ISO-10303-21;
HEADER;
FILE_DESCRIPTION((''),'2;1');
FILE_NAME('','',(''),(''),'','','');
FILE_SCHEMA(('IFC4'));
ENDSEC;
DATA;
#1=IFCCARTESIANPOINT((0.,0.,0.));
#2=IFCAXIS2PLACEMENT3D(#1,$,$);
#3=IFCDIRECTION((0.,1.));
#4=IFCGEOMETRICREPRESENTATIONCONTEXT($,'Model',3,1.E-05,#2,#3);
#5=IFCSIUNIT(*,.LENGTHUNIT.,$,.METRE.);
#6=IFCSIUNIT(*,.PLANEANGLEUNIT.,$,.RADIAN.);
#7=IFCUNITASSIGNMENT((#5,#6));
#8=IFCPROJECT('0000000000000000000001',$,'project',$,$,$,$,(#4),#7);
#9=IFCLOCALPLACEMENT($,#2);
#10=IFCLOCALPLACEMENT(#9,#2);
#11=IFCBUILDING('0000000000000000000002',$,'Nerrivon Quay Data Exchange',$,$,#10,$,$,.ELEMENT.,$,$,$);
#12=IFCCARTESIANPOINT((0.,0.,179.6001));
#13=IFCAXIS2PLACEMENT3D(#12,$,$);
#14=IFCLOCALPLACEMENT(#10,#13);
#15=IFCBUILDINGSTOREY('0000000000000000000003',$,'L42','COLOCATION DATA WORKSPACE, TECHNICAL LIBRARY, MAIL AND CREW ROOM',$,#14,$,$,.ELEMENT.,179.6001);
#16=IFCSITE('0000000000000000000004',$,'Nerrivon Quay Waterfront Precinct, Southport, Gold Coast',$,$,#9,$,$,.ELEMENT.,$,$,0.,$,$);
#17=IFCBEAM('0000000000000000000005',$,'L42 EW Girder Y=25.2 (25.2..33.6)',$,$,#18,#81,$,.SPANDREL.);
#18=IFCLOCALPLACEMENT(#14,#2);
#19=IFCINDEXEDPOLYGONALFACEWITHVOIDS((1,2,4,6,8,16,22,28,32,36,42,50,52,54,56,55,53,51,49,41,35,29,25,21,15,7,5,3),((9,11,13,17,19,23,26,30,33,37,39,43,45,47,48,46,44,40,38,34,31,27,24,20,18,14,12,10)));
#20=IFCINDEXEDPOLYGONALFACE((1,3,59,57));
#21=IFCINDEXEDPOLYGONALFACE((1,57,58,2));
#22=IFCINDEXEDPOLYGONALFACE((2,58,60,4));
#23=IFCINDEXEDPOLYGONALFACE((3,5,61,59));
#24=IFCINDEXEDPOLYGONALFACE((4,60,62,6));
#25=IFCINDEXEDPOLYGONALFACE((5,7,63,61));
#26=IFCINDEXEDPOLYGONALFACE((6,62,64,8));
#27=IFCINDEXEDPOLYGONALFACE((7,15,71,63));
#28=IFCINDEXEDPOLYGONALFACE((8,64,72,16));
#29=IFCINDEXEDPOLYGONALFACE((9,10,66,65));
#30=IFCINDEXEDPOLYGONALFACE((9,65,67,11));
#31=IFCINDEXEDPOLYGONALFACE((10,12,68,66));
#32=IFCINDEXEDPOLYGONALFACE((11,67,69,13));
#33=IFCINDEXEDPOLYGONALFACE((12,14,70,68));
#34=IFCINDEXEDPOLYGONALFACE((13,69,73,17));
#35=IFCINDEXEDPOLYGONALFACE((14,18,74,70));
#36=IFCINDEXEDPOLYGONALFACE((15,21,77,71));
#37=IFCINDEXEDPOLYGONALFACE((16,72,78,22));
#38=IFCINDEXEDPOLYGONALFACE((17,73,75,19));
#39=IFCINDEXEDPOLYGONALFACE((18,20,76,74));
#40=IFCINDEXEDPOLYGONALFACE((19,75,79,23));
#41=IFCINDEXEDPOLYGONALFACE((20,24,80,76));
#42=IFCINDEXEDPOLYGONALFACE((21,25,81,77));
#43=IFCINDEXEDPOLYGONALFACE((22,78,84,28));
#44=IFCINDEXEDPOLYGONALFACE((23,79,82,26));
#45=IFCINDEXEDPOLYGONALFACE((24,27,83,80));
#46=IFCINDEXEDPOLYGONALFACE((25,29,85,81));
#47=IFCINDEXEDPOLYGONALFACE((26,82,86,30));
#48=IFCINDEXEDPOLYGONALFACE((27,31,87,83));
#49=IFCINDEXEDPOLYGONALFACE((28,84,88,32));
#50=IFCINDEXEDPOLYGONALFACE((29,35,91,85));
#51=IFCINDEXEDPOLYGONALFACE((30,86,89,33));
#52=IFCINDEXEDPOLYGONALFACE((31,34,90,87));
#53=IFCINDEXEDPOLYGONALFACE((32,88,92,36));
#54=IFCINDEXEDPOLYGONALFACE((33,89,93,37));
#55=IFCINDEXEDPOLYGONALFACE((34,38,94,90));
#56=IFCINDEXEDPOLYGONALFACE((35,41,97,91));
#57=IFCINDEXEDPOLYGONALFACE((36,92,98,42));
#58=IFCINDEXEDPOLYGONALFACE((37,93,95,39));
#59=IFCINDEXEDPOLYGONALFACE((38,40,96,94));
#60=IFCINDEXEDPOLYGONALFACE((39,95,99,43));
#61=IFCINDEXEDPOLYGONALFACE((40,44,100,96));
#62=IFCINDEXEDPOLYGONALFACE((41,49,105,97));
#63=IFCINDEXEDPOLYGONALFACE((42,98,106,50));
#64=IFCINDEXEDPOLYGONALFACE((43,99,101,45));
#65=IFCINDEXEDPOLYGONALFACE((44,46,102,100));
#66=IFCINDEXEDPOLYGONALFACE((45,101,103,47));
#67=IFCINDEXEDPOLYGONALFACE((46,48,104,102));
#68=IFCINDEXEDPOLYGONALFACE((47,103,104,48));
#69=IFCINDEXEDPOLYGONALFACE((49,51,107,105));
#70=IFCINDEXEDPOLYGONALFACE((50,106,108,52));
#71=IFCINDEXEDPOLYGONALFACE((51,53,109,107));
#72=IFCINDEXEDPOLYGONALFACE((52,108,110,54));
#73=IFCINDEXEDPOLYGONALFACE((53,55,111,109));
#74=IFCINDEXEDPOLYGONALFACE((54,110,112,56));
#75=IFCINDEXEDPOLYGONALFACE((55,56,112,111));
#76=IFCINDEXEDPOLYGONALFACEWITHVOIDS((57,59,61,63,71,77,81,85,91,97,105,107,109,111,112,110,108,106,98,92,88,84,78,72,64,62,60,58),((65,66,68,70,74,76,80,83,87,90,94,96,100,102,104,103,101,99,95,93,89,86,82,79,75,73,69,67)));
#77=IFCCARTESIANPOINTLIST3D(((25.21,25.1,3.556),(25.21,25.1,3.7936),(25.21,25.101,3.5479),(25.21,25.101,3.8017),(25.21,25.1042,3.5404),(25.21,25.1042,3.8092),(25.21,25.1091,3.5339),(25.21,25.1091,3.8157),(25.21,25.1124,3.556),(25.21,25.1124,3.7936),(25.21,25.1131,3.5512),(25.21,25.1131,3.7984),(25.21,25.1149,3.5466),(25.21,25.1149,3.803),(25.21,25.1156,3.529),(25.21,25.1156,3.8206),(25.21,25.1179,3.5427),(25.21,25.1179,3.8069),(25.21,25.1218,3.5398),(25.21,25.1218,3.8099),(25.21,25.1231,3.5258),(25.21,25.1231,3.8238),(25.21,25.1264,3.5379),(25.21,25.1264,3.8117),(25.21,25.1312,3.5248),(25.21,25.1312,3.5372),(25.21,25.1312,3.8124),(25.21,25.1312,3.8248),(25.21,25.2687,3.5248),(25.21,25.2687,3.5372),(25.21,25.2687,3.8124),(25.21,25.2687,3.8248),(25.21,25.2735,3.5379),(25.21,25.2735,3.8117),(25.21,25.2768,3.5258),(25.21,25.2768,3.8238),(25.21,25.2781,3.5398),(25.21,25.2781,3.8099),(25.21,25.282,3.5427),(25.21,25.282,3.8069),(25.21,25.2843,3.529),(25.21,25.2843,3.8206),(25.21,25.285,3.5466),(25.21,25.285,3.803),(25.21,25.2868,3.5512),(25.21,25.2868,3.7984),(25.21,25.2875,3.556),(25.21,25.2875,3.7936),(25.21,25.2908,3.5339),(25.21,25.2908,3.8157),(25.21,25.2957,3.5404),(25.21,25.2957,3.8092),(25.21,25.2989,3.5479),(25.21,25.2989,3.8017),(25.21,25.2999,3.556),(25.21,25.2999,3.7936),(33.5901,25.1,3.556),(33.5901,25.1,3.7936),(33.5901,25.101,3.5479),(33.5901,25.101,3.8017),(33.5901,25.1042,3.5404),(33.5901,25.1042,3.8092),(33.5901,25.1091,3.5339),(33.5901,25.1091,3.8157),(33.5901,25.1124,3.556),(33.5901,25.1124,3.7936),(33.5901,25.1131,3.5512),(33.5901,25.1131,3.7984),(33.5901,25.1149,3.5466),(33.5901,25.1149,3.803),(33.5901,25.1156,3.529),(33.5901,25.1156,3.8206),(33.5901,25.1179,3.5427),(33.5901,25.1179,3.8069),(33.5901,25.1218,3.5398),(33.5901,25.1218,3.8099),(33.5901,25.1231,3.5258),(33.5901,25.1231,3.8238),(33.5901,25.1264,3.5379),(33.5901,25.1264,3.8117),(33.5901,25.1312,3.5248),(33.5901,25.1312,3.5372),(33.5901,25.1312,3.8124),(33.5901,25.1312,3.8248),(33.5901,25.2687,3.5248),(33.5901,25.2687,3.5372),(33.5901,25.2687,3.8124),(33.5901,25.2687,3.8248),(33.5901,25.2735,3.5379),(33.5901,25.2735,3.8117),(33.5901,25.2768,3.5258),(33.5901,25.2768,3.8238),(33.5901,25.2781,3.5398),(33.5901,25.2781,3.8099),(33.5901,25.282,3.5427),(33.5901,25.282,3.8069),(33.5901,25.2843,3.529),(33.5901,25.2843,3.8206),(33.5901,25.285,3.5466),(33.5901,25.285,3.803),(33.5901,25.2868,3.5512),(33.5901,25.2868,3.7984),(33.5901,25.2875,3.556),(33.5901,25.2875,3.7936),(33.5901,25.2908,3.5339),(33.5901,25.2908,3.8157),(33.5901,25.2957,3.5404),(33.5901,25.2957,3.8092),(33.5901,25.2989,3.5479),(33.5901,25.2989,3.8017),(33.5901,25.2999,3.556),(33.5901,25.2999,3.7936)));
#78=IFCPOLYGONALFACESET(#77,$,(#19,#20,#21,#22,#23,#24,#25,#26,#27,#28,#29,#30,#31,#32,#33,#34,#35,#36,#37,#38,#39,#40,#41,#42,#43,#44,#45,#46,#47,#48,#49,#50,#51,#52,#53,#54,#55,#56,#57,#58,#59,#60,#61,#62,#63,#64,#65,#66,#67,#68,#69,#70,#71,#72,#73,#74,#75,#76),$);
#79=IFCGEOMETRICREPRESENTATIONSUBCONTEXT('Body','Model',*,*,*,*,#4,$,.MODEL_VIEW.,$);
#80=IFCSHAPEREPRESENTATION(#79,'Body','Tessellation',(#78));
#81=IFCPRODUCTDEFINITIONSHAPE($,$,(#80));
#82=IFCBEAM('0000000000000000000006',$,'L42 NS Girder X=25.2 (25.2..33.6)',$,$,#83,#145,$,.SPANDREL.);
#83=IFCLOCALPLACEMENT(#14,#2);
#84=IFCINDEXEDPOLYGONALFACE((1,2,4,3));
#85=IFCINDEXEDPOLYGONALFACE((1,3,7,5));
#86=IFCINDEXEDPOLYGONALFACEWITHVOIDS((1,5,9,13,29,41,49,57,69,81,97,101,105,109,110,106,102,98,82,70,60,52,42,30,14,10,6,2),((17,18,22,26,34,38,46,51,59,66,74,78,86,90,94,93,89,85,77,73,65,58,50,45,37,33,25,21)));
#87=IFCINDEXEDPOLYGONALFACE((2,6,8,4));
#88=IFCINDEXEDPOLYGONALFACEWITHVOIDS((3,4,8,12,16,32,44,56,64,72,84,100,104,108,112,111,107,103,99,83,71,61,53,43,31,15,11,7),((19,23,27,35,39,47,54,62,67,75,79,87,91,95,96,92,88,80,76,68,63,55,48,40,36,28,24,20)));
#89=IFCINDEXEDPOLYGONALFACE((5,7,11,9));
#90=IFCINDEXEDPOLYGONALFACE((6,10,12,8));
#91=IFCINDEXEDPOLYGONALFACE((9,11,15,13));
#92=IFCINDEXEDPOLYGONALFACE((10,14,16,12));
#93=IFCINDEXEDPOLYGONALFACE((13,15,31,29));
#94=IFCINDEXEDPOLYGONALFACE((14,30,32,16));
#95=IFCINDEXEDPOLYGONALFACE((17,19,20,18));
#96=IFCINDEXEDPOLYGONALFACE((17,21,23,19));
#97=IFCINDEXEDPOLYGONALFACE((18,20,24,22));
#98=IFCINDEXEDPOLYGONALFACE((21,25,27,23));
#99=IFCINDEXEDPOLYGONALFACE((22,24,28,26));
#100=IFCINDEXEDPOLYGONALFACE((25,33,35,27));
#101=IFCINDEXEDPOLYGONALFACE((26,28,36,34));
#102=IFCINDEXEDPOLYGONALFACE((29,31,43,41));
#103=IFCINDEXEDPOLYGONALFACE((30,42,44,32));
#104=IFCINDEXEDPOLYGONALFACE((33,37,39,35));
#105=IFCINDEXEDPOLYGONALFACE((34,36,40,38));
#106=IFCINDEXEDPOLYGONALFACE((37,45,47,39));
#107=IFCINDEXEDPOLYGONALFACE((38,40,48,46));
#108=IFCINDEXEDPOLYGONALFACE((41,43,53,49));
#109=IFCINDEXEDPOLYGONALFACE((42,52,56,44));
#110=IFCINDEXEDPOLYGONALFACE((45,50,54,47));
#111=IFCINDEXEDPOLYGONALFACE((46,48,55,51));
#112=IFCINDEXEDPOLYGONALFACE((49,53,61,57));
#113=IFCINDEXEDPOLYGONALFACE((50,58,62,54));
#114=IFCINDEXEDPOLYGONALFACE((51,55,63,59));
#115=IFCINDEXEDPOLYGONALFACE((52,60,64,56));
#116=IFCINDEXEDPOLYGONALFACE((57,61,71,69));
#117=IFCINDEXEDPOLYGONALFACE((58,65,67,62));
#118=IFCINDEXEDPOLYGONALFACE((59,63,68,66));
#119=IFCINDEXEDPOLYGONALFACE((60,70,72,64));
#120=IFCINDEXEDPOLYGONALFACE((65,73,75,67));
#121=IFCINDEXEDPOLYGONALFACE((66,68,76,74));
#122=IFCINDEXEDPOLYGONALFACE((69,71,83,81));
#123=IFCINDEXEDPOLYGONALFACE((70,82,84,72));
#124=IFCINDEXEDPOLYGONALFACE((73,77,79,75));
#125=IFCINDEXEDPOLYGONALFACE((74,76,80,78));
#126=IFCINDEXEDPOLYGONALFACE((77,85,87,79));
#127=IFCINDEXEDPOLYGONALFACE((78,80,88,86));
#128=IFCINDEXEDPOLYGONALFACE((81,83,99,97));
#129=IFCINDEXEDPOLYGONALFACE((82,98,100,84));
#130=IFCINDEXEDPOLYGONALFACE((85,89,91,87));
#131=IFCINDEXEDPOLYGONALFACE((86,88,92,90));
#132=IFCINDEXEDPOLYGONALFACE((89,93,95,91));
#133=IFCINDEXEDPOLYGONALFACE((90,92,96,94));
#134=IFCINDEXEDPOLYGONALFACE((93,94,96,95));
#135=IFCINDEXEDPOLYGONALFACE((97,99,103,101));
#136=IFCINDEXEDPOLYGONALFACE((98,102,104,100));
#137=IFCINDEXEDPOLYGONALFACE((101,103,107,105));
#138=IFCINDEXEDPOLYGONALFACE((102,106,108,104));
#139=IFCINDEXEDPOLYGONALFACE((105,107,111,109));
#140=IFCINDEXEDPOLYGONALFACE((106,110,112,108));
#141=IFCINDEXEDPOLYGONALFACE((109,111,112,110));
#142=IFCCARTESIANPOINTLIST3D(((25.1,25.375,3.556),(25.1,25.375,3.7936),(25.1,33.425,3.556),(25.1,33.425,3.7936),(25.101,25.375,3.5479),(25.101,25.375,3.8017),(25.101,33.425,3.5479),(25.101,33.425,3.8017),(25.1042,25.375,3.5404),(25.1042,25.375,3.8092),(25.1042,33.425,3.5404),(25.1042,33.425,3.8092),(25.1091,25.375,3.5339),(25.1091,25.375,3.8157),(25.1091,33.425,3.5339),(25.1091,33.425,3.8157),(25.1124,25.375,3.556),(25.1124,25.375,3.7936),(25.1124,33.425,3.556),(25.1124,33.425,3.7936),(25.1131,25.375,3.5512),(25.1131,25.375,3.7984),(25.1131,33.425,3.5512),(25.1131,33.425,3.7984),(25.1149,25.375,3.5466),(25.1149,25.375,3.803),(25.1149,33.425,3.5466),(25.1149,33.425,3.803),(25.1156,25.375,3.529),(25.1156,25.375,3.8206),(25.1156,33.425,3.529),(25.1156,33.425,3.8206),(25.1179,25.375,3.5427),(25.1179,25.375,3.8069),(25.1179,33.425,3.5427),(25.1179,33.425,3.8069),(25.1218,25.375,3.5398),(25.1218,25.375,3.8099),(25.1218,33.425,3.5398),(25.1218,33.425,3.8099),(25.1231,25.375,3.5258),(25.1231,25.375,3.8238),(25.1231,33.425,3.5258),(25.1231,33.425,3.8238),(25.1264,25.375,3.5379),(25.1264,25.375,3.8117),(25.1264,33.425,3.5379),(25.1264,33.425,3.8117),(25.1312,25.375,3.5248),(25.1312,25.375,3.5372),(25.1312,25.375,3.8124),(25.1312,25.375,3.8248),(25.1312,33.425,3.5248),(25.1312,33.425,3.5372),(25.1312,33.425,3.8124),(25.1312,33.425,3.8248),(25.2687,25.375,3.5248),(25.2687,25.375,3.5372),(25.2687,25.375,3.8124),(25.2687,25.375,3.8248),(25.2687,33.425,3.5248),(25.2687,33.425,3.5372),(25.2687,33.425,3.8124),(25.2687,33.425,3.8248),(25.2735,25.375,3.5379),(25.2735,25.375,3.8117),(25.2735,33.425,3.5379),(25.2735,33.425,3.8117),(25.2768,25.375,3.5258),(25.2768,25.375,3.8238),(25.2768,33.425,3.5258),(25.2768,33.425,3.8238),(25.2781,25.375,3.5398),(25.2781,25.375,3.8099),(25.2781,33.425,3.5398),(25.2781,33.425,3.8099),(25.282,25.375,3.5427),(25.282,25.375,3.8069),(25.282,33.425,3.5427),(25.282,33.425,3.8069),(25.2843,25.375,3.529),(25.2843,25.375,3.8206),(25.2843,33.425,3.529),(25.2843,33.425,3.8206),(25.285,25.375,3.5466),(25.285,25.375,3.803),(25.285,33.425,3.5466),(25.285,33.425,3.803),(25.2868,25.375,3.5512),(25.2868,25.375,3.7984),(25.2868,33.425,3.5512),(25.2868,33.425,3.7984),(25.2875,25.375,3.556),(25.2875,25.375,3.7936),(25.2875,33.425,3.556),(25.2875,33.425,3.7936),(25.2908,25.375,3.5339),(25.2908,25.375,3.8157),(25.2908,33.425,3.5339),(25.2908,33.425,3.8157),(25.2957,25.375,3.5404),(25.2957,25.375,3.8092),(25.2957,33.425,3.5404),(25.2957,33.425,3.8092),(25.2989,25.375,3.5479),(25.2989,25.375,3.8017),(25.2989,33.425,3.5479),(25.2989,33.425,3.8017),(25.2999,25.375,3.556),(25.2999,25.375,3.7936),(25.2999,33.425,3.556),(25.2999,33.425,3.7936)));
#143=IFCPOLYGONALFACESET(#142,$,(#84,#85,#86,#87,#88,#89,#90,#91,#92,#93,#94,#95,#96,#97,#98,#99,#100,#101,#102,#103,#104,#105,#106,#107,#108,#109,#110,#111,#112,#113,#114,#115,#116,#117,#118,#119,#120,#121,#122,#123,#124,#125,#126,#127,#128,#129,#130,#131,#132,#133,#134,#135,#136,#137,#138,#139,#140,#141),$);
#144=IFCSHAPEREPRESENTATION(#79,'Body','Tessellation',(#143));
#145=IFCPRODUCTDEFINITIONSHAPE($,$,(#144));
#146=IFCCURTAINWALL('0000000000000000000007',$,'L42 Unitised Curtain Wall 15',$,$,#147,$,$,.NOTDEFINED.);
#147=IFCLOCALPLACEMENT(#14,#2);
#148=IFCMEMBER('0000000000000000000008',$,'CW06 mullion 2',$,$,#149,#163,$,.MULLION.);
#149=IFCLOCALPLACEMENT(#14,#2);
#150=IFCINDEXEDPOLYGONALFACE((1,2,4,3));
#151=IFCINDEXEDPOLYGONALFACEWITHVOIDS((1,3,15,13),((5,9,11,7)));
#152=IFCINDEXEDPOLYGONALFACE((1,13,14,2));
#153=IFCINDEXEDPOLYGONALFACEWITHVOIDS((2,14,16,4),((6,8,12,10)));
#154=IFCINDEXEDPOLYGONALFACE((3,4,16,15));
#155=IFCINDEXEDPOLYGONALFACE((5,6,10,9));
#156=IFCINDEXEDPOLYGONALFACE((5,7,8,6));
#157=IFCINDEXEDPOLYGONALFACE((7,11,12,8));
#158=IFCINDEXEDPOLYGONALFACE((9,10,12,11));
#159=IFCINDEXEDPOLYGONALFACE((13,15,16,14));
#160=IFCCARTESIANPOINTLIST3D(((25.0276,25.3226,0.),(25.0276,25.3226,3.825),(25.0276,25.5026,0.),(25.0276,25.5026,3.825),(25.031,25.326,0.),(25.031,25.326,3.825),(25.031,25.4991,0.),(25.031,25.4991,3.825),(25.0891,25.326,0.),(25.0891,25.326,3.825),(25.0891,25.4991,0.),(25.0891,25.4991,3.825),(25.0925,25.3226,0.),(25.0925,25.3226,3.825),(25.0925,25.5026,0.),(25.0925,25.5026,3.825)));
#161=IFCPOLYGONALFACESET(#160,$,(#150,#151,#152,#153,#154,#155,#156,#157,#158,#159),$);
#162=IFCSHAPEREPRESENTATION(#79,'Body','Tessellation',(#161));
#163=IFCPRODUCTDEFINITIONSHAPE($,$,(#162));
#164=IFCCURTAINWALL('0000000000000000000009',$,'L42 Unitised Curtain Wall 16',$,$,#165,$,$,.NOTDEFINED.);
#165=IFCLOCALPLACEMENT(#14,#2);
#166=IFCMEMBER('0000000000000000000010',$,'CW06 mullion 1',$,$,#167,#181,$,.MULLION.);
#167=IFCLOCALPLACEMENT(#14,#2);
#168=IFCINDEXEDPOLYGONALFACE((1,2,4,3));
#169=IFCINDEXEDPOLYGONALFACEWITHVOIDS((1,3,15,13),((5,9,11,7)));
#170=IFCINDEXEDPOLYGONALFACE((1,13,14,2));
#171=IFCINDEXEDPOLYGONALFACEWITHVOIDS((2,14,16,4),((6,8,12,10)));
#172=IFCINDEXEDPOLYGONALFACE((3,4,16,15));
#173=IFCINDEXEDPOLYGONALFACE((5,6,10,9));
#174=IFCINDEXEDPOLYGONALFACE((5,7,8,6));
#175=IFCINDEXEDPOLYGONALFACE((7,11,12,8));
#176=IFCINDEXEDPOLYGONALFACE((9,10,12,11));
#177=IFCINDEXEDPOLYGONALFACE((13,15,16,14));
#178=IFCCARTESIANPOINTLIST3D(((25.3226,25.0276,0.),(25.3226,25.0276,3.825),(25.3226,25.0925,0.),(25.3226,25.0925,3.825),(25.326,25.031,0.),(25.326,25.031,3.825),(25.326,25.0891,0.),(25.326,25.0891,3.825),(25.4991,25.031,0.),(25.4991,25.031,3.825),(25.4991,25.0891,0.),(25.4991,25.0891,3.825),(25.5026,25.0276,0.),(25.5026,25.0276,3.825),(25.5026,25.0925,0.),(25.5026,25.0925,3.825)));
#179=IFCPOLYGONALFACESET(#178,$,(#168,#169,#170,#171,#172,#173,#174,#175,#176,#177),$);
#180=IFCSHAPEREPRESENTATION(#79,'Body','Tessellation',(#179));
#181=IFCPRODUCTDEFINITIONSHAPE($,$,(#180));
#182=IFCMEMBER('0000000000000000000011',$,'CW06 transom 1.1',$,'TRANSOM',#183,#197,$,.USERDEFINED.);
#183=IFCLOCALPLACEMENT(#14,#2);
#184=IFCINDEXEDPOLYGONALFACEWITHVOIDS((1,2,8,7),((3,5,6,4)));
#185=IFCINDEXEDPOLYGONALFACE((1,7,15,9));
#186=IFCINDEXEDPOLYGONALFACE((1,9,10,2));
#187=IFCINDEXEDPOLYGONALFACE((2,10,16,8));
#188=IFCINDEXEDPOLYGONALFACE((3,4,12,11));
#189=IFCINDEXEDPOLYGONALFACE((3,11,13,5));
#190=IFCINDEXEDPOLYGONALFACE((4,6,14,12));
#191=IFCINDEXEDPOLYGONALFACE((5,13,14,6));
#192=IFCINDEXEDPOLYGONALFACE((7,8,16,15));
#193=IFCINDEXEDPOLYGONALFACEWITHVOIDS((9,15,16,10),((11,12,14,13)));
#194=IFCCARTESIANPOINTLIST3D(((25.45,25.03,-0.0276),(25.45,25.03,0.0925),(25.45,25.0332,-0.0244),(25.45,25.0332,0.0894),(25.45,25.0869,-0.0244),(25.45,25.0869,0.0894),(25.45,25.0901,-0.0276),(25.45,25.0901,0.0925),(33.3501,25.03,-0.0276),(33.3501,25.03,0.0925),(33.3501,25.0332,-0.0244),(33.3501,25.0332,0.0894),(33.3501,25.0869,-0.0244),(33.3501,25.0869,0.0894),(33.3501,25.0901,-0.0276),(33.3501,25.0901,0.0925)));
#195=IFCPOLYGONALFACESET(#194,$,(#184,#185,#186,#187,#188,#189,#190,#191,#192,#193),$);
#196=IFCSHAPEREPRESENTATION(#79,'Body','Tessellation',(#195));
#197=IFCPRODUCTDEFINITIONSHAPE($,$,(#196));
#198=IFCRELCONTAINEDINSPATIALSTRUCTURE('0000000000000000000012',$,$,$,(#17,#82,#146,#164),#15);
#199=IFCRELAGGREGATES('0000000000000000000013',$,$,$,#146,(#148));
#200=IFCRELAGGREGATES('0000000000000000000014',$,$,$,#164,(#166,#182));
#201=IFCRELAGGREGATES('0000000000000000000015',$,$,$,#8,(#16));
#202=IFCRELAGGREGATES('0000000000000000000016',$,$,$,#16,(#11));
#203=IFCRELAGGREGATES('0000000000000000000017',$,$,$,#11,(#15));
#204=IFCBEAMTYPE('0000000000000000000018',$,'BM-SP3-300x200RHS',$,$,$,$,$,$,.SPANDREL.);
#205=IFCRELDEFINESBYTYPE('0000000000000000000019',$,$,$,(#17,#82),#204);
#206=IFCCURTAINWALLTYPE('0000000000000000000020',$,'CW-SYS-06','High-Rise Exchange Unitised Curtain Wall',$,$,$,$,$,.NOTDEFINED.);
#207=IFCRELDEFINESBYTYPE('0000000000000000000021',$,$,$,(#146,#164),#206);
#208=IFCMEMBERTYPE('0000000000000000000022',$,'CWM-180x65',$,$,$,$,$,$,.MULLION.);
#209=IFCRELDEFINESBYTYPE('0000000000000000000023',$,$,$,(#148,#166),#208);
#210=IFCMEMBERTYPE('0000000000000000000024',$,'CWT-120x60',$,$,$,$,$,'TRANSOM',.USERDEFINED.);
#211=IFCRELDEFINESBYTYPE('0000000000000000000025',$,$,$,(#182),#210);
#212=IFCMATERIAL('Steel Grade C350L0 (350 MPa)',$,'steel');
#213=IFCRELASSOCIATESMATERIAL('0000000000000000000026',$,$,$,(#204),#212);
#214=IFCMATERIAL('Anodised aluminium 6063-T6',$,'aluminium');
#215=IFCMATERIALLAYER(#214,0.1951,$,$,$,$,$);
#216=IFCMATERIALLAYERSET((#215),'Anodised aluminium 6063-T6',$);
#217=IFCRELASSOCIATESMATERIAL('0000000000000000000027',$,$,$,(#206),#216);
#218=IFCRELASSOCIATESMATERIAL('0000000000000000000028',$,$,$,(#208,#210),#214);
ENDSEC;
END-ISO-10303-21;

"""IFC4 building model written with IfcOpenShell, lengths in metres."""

from ifc_helpers import new_model, si_unit, direction, frame, origin, origin_2d, place, context, subcontext, project, spatial, hollow_rectangle, extrude, material, layer, layer_set, material_profile, profile_set, type_object, element, aggregate, save


model = new_model("IFC4")

# Units and contexts
model_context = context("Model", 3, precision=1e-05, world=origin(), true_north=direction((0.0, 1.0)))
body_context = subcontext(model_context, "Body", "Model", "MODEL_VIEW")
ifc_project = project(units=[si_unit("LENGTHUNIT", "METRE"), si_unit("PLANEANGLEUNIT", "RADIAN")], contexts=[model_context])

# Site, building, storey
site_placement = place(None, origin())
site = spatial("IfcSite", under=ifc_project, at=site_placement, Name="Nerrivon Quay Waterfront Precinct, Southport, Gold Coast", CompositionType="ELEMENT", RefElevation=0.0)
building_placement = place(site_placement, origin())
building = spatial("IfcBuilding", under=site, at=building_placement, Name="Nerrivon Quay Data Exchange", CompositionType="ELEMENT")
storey_placement = place(building_placement, frame((0.0, 0.0, 179.6001)))
storey = spatial("IfcBuildingStorey", under=building, at=storey_placement, Name="L42", Description="COLOCATION DATA WORKSPACE, TECHNICAL LIBRARY, MAIL AND CREW ROOM", CompositionType="ELEMENT", Elevation=179.6001)

# Beams
ifc_material_1 = material(Name="Steel Grade C350L0 (350 MPa)", Category="steel")
ifc_material_profile_1 = material_profile(ifc_material_1, hollow_rectangle(XDim=0.2, YDim=0.3, WallThickness=0.0125, InnerFilletRadius=0.0188, OuterFilletRadius=0.0312, at=origin_2d()), Name="300x200x12.5RHS")
ifc_profile_set_1 = profile_set([ifc_material_profile_1], Name="Steel Grade C350L0 (350 MPa)")
beam_type_1 = type_object("IfcBeamType", Name="BM-SP3-300x200RHS", PredefinedType="SPANDREL", material=ifc_profile_set_1)
beam_1_placement = place(storey_placement, frame((25.21, 25.2, 3.6748), z_axis=(1.0, 0.0, 0.0), x_axis=(0.0, 1.0, 0.0)))
element("IfcBeam", 1, at=beam_1_placement, inside=storey, type_object=beam_type_1, Name="L42 EW Girder Y=25.2 (25.2..33.6)", PredefinedType="SPANDREL", context=body_context, shape_type="SweptSolid", body=[
    extrude(hollow_rectangle(XDim=0.2, YDim=0.3, WallThickness=0.0125, InnerFilletRadius=0.0188, OuterFilletRadius=0.0312, at=origin_2d()), origin(), (0.0, 0.0, 1.0), 8.3801),
])
beam_2_placement = place(storey_placement, frame((25.2, 25.375, 3.6748), z_axis=(0.0, 1.0, 0.0), x_axis=(-1.0, 0.0, 0.0)))
element("IfcBeam", 2, at=beam_2_placement, inside=storey, type_object=beam_type_1, Name="L42 NS Girder X=25.2 (25.2..33.6)", PredefinedType="SPANDREL", context=body_context, shape_type="SweptSolid", body=[
    extrude(hollow_rectangle(XDim=0.2, YDim=0.3, WallThickness=0.0125, InnerFilletRadius=0.0188, OuterFilletRadius=0.0312, at=origin_2d()), origin(), (0.0, 0.0, 1.0), 8.05),
])

# Curtain wall, member
ifc_material_2 = material(Name="Anodised aluminium 6063-T6", Category="aluminium")
ifc_layer_1 = layer(ifc_material_2, 0.1951)
ifc_layer_set_1 = layer_set([ifc_layer_1], Name="Anodised aluminium 6063-T6")
curtain_wall_type = type_object("IfcCurtainWallType", Name="CW-SYS-06", Description="High-Rise Exchange Unitised Curtain Wall", PredefinedType="NOTDEFINED", material=ifc_layer_set_1)
curtain_wall_1_placement = place(storey_placement, origin())
curtain_wall_1 = element("IfcCurtainWall", 3, at=curtain_wall_1_placement, inside=storey, type_object=curtain_wall_type, Name="L42 Unitised Curtain Wall 15", PredefinedType="NOTDEFINED")
ifc_material_profile_2 = material_profile(ifc_material_2, hollow_rectangle(XDim=0.0649, YDim=0.1799, WallThickness=0.0034, at=origin_2d()), Name="ALU-MULL-180x65")
ifc_profile_set_2 = profile_set([ifc_material_profile_2], Name="Anodised aluminium 6063-T6")
member_type_1 = type_object("IfcMemberType", Name="CWM-180x65", PredefinedType="MULLION", material=ifc_profile_set_2)
member_1_placement = place(storey_placement, frame((25.0601, 25.4126, 0.0), z_axis=(0.0, 0.0, 1.0), x_axis=(1.0, 0.0, 0.0)))
member_1 = element("IfcMember", 4, at=member_1_placement, type_object=member_type_1, Name="CW06 mullion 2", PredefinedType="MULLION", context=body_context, shape_type="SweptSolid", body=[
    extrude(hollow_rectangle(XDim=0.0649, YDim=0.1799, WallThickness=0.0034, at=origin_2d()), origin(), (0.0, 0.0, 1.0), 3.825),
])

# Curtain wall, members
curtain_wall_2_placement = place(storey_placement, origin())
curtain_wall_2 = element("IfcCurtainWall", 5, at=curtain_wall_2_placement, inside=storey, type_object=curtain_wall_type, Name="L42 Unitised Curtain Wall 16", PredefinedType="NOTDEFINED")
member_2_placement = place(storey_placement, frame((25.4126, 25.0601, 0.0), z_axis=(0.0, 0.0, 1.0), x_axis=(0.0, 1.0, 0.0)))
member_2 = element("IfcMember", 6, at=member_2_placement, type_object=member_type_1, Name="CW06 mullion 1", PredefinedType="MULLION", context=body_context, shape_type="SweptSolid", body=[
    extrude(hollow_rectangle(XDim=0.0649, YDim=0.1799, WallThickness=0.0034, at=origin_2d()), origin(), (0.0, 0.0, 1.0), 3.825),
])
ifc_material_profile_3 = material_profile(ifc_material_2, hollow_rectangle(XDim=0.0601, YDim=0.1201, WallThickness=0.0032, at=origin_2d()), Name="ALU-TRAN-120x60")
ifc_profile_set_3 = profile_set([ifc_material_profile_3], Name="Anodised aluminium 6063-T6")
member_type_2 = type_object("IfcMemberType", Name="CWT-120x60", ElementType="TRANSOM", PredefinedType="USERDEFINED", material=ifc_profile_set_3)
member_3_placement = place(storey_placement, frame((25.45, 25.0601, 0.0325), z_axis=(1.0, 0.0, 0.0), x_axis=(0.0, 1.0, 0.0)))
member_3 = element("IfcMember", 7, at=member_3_placement, type_object=member_type_2, Name="CW06 transom 1.1", ObjectType="TRANSOM", PredefinedType="USERDEFINED", context=body_context, shape_type="SweptSolid", body=[
    extrude(hollow_rectangle(XDim=0.0601, YDim=0.1201, WallThickness=0.0032, at=origin_2d()), origin(), (0.0, 0.0, 1.0), 7.9001),
])

aggregate(curtain_wall_1, [member_1])
aggregate(curtain_wall_2, [member_2, member_3])

save(model, "model.ifc")
